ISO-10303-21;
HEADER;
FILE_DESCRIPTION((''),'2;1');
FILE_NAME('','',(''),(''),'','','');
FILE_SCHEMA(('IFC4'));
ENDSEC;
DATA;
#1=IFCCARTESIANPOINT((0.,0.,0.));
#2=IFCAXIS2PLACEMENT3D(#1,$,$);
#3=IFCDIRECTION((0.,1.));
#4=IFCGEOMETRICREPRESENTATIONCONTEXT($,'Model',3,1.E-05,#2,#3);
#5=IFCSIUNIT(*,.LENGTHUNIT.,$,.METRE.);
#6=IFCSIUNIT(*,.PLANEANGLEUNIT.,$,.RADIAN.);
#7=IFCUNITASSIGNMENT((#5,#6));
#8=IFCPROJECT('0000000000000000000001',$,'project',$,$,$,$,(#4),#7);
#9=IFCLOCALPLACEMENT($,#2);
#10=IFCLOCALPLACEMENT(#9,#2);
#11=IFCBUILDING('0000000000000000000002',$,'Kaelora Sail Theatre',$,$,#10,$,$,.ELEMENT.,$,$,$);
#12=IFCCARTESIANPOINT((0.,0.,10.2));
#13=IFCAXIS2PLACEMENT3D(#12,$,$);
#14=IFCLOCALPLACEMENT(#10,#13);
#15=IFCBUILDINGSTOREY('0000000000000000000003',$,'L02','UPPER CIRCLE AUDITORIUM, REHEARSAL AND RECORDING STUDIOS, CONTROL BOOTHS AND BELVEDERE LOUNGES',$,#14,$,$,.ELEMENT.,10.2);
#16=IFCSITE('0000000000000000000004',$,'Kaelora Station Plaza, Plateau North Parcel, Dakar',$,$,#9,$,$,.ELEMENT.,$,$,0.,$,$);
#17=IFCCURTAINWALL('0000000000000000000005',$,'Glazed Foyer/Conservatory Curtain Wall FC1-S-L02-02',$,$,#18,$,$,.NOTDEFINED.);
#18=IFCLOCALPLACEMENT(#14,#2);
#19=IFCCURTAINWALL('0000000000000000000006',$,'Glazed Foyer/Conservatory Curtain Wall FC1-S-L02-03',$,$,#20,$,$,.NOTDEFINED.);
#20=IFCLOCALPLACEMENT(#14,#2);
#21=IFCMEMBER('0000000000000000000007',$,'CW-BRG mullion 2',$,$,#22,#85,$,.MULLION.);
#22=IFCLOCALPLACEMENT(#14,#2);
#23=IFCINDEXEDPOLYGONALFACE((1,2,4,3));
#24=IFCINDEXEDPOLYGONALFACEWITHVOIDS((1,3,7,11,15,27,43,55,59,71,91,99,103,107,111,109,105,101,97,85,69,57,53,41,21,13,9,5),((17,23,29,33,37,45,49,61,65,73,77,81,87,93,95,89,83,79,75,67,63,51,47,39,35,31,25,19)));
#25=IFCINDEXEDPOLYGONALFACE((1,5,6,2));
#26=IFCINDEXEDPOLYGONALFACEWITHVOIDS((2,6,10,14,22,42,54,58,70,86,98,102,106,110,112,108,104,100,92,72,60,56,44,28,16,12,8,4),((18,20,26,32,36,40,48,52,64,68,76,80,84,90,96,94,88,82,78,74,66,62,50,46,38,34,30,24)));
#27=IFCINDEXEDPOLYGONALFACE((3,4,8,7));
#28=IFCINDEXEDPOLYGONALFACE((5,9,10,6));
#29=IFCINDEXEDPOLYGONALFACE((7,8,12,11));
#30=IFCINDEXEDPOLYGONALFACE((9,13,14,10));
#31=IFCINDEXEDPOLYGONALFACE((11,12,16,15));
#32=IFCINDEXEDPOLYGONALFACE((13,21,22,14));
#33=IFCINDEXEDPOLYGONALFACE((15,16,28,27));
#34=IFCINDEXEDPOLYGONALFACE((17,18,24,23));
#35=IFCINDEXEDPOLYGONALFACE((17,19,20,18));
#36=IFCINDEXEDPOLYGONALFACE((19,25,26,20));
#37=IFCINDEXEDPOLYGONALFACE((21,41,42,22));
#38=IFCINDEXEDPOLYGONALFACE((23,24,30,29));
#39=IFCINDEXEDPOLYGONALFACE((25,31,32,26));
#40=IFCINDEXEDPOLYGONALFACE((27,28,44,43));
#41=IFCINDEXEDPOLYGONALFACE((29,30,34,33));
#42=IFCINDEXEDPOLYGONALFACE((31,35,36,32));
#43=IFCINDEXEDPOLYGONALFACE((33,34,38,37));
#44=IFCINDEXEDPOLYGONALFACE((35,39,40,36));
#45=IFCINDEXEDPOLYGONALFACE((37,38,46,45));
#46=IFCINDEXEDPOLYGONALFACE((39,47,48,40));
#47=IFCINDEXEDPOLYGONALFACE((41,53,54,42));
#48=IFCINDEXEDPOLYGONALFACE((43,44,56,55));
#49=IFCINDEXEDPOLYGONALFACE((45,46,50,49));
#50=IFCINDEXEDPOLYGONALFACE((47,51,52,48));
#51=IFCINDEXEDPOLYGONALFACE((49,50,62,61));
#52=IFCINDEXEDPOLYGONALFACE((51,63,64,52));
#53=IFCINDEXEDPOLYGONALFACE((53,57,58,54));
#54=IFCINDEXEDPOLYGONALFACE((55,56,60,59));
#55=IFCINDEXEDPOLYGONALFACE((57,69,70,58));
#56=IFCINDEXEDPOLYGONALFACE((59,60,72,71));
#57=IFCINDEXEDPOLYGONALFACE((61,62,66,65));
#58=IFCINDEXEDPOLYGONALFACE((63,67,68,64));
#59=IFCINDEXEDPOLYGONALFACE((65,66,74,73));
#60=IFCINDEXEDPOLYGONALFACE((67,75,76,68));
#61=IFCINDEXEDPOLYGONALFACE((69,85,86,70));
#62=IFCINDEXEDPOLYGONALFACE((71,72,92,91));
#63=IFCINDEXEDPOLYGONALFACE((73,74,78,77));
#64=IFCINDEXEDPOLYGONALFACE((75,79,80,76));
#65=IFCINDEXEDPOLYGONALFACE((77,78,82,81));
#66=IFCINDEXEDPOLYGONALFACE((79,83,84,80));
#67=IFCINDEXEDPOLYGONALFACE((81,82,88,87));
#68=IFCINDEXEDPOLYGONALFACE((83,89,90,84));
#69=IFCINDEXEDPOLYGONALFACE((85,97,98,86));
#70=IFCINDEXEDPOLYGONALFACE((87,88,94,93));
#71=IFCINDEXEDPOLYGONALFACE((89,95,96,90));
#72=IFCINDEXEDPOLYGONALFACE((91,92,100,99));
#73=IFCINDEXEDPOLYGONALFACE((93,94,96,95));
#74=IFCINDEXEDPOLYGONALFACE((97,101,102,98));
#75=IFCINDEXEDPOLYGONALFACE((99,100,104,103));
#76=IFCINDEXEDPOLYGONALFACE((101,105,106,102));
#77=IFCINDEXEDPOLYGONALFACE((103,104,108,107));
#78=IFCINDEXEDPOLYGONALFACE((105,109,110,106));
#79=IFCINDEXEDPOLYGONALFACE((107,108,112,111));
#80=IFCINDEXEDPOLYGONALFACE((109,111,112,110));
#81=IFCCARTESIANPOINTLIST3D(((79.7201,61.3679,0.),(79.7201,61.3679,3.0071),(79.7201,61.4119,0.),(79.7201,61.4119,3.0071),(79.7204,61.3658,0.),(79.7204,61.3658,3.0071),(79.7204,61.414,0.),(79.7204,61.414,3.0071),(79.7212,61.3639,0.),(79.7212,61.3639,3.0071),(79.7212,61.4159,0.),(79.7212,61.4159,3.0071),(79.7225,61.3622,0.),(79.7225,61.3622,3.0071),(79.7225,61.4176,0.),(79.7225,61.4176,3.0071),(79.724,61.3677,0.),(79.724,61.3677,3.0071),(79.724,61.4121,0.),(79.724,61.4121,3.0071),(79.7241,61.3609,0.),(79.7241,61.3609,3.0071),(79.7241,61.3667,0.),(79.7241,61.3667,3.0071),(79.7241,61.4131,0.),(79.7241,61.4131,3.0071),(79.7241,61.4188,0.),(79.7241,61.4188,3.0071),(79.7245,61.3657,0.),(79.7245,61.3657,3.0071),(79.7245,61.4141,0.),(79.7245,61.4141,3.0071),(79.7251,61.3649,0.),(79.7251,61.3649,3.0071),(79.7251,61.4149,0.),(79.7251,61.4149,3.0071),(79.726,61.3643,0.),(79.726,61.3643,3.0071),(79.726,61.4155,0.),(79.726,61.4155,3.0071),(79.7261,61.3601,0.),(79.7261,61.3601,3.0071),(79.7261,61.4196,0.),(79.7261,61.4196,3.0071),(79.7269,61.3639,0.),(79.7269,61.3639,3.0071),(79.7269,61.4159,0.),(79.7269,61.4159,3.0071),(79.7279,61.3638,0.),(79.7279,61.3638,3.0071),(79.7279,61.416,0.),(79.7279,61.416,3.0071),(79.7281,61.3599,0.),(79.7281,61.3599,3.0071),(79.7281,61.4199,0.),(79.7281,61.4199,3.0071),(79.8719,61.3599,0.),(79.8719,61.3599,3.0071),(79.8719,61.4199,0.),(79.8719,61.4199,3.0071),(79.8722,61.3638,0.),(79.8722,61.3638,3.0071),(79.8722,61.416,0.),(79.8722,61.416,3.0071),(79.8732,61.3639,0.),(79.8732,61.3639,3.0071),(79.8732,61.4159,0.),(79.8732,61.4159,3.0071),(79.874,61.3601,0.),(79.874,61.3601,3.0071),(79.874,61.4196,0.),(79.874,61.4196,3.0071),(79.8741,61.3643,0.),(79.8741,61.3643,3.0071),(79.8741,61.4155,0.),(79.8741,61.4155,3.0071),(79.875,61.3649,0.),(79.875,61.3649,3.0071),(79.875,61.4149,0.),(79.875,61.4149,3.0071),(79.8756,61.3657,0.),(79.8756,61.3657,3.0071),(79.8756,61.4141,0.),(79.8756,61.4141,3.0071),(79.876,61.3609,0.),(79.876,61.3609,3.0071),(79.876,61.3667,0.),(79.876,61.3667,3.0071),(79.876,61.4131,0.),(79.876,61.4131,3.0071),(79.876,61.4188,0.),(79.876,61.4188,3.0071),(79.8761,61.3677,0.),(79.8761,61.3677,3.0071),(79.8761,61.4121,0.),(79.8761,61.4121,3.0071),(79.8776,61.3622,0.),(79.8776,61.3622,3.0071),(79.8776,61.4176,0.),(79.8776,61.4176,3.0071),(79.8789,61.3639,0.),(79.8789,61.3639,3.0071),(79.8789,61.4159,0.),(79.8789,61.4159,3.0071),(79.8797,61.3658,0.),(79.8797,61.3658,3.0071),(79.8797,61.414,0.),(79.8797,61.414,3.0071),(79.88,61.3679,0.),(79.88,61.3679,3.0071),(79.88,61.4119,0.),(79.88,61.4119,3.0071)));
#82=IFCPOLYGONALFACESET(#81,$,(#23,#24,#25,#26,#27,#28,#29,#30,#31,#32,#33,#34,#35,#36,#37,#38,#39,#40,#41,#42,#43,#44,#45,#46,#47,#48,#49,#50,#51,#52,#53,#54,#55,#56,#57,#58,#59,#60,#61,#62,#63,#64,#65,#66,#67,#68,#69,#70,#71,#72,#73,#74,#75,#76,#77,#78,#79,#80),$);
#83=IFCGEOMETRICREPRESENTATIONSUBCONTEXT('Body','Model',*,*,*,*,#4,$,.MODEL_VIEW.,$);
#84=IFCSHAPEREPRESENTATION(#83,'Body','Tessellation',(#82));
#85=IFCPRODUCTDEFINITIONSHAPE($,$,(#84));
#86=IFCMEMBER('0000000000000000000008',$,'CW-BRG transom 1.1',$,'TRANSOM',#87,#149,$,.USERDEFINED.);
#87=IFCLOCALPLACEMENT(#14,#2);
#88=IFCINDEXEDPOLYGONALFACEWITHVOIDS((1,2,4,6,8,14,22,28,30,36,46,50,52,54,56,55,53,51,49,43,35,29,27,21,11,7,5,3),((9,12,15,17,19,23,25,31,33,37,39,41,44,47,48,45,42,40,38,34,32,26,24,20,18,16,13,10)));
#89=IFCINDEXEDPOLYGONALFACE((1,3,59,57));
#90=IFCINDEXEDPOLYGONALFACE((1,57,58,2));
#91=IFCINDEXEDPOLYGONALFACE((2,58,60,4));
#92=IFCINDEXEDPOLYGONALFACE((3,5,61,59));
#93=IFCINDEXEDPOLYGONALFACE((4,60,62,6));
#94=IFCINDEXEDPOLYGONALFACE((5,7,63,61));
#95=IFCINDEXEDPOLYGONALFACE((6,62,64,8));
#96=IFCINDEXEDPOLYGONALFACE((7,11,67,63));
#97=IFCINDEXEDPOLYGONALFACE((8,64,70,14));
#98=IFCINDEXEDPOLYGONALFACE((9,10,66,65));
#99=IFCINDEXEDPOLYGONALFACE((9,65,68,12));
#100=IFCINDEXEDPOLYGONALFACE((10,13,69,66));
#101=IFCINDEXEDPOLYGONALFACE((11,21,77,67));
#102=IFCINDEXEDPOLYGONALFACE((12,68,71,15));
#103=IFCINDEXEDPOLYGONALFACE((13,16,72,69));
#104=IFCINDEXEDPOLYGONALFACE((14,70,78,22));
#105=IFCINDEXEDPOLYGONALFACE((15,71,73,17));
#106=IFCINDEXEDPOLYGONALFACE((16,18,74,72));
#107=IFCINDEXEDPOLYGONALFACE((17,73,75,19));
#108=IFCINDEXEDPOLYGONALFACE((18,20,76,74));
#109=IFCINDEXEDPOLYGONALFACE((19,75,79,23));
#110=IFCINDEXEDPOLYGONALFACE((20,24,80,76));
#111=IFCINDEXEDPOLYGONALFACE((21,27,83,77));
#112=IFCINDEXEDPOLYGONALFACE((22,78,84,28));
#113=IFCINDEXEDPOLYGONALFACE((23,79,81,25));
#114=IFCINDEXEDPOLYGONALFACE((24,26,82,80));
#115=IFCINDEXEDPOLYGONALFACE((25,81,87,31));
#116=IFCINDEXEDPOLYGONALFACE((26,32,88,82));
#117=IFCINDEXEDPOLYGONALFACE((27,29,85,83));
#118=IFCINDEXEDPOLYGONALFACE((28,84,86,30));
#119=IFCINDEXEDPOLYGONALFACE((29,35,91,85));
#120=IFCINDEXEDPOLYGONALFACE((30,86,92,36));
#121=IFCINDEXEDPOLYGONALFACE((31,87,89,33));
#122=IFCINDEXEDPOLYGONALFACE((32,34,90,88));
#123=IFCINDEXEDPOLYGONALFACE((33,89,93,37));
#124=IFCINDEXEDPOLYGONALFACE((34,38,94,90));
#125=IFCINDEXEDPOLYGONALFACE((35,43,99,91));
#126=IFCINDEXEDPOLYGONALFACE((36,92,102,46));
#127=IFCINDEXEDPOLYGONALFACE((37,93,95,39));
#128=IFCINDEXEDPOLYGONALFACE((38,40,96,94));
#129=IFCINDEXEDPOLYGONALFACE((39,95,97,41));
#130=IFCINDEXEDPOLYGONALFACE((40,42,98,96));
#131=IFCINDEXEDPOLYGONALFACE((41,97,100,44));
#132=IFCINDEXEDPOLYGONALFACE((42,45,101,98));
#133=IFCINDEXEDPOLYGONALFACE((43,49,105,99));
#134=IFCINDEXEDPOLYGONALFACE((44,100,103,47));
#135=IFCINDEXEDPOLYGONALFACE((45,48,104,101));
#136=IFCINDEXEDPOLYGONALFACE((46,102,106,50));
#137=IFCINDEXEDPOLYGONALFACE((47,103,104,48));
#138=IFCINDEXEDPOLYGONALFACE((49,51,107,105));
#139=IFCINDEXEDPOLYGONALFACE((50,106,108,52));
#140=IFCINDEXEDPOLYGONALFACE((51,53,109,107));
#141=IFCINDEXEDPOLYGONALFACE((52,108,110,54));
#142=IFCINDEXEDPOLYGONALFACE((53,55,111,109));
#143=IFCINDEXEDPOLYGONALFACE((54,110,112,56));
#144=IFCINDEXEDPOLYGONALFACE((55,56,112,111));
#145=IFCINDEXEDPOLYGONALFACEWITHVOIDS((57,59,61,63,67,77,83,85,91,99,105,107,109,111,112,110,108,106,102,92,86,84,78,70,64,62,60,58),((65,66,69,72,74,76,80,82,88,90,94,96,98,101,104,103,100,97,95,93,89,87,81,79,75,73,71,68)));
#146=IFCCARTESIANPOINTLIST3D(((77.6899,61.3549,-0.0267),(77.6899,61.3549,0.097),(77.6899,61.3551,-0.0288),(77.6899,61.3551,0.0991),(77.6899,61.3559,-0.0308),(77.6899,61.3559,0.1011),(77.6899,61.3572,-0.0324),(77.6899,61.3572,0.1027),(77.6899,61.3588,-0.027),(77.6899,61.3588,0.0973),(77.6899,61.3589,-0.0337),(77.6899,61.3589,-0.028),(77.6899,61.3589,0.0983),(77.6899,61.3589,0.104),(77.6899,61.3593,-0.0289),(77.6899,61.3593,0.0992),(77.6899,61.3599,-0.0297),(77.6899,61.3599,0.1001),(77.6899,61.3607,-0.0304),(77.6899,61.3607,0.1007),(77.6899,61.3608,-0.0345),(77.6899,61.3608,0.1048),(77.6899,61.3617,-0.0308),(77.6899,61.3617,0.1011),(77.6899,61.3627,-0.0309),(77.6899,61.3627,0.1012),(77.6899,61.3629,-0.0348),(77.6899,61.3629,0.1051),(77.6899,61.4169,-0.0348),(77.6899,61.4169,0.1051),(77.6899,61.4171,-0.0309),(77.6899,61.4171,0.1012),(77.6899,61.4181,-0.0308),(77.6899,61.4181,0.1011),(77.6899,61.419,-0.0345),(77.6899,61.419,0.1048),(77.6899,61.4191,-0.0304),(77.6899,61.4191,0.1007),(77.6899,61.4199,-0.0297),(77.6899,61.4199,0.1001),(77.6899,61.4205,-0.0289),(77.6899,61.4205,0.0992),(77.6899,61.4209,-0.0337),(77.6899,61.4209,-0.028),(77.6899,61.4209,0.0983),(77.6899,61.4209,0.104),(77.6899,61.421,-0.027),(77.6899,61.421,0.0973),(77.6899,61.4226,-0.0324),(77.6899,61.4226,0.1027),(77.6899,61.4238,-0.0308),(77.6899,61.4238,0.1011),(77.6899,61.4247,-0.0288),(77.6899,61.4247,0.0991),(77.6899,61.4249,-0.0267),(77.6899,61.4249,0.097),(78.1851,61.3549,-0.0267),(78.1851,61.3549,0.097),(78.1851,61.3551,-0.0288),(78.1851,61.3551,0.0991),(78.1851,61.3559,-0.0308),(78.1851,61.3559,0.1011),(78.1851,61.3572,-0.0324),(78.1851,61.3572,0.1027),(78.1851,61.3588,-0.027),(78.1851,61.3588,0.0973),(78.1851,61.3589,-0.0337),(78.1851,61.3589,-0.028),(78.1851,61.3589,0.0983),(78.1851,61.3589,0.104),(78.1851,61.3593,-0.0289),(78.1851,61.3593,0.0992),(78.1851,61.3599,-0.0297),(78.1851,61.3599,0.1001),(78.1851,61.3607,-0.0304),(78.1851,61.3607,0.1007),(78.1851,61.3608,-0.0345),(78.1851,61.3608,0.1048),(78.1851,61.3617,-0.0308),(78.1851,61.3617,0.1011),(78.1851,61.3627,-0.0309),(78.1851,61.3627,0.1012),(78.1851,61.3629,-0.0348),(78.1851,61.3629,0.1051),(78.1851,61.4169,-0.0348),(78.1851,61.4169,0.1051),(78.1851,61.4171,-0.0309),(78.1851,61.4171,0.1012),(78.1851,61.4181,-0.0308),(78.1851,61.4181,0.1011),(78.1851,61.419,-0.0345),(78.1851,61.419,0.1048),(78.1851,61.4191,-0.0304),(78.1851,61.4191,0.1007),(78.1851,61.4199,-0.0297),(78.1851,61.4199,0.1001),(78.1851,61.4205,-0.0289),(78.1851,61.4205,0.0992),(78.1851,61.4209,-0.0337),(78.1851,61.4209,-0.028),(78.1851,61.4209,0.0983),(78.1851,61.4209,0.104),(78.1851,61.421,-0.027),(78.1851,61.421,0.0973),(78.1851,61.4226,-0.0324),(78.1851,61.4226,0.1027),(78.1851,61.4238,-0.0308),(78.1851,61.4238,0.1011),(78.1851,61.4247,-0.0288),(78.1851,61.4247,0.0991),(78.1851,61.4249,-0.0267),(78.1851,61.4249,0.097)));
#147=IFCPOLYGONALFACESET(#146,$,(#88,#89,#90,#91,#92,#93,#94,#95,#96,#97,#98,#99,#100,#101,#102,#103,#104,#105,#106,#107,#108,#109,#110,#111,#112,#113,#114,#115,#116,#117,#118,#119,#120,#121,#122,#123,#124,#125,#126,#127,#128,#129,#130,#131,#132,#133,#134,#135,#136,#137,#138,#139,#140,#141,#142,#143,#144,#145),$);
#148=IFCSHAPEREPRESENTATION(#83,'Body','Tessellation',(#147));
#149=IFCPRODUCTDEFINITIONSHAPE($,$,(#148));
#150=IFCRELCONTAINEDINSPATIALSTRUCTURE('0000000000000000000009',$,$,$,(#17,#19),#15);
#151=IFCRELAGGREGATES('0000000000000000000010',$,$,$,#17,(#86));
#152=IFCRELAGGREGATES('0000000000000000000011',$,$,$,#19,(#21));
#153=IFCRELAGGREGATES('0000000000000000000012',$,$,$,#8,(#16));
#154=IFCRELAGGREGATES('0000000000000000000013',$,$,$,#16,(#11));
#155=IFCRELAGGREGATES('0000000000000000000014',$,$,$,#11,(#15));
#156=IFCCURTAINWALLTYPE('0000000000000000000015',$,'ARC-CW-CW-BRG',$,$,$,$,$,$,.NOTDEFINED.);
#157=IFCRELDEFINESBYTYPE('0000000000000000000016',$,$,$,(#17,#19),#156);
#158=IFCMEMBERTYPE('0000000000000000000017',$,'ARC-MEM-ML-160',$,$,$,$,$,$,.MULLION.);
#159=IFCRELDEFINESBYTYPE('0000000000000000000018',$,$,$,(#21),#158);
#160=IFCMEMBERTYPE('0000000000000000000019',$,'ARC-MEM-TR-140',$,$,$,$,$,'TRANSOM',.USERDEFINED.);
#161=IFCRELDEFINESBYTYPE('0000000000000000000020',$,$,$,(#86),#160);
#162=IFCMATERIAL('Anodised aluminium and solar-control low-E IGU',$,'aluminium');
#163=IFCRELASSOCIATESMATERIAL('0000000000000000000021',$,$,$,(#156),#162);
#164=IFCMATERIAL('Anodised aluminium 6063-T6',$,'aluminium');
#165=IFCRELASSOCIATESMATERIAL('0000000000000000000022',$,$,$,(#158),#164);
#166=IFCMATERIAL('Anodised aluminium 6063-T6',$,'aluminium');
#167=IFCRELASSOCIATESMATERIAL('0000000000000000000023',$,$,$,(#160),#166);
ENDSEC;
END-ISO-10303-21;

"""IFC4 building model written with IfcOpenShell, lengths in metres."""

from ifc_helpers import new_model, si_unit, direction, frame, origin, origin_2d, place, context, subcontext, project, spatial, hollow_rectangle, extrude, material, material_profile, profile_set, type_object, element, aggregate, save


model = new_model("IFC4")

# Units and contexts
model_context = context("Model", 3, precision=1e-05, world=origin(), true_north=direction((0.0, 1.0)))
body_context = subcontext(model_context, "Body", "Model", "MODEL_VIEW")
ifc_project = project(units=[si_unit("LENGTHUNIT", "METRE"), si_unit("PLANEANGLEUNIT", "RADIAN")], contexts=[model_context])

# Site, building, storey
site_placement = place(None, origin())
site = spatial("IfcSite", under=ifc_project, at=site_placement, Name="Kaelora Station Plaza, Plateau North Parcel, Dakar", CompositionType="ELEMENT", RefElevation=0.0)
building_placement = place(site_placement, origin())
building = spatial("IfcBuilding", under=site, at=building_placement, Name="Kaelora Sail Theatre", CompositionType="ELEMENT")
storey_placement = place(building_placement, frame((0.0, 0.0, 10.2)))
storey = spatial("IfcBuildingStorey", under=building, at=storey_placement, Name="L02", Description="UPPER CIRCLE AUDITORIUM, REHEARSAL AND RECORDING STUDIOS, CONTROL BOOTHS AND BELVEDERE LOUNGES", CompositionType="ELEMENT", Elevation=10.2)

# Curtain walls, member
ifc_material_1 = material(Name="Anodised aluminium and solar-control low-E IGU", Category="aluminium")
curtain_wall_type = type_object("IfcCurtainWallType", Name="ARC-CW-CW-BRG", PredefinedType="NOTDEFINED", material=ifc_material_1)
curtain_wall_1_placement = place(storey_placement, origin())
curtain_wall_1 = element("IfcCurtainWall", 1, at=curtain_wall_1_placement, inside=storey, type_object=curtain_wall_type, Name="Glazed Foyer/Conservatory Curtain Wall FC1-S-L02-02", PredefinedType="NOTDEFINED")
ifc_material_2 = material(Name="Anodised aluminium 6063-T6", Category="aluminium")
ifc_material_profile_1 = material_profile(ifc_material_2, hollow_rectangle(XDim=0.0601, YDim=0.1599, WallThickness=0.0039, InnerFilletRadius=0.0039, OuterFilletRadius=0.0081, at=origin_2d()), Name="ALU-MULL 60x160x4")
ifc_profile_set_1 = profile_set([ifc_material_profile_1], Name="Anodised aluminium 6063-T6")
member_type_1 = type_object("IfcMemberType", Name="ARC-MEM-ML-160", PredefinedType="MULLION", material=ifc_profile_set_1)
curtain_wall_2_placement = place(storey_placement, origin())
curtain_wall_2 = element("IfcCurtainWall", 2, at=curtain_wall_2_placement, inside=storey, type_object=curtain_wall_type, Name="Glazed Foyer/Conservatory Curtain Wall FC1-S-L02-03", PredefinedType="NOTDEFINED")
member_1_placement = place(storey_placement, frame((79.8, 61.3899, 0.0), z_axis=(0.0, 0.0, 1.0), x_axis=(0.0, 1.0, 0.0)))
member_1 = element("IfcMember", 3, at=member_1_placement, type_object=member_type_1, Name="CW-BRG mullion 2", PredefinedType="MULLION", context=body_context, shape_type="SweptSolid", body=[
    extrude(hollow_rectangle(XDim=0.0601, YDim=0.1599, WallThickness=0.0039, InnerFilletRadius=0.0039, OuterFilletRadius=0.0081, at=origin_2d()), origin(), (0.0, 0.0, 1.0), 3.0071),
])

# Member
ifc_material_3 = material(Name="Anodised aluminium 6063-T6", Category="aluminium")
ifc_material_profile_2 = material_profile(ifc_material_3, hollow_rectangle(XDim=0.0701, YDim=0.1399, WallThickness=0.0039, InnerFilletRadius=0.0039, OuterFilletRadius=0.0081, at=origin_2d()), Name="ALU-TRAN 70x140x4")
ifc_profile_set_2 = profile_set([ifc_material_profile_2], Name="Anodised aluminium 6063-T6")
member_type_2 = type_object("IfcMemberType", Name="ARC-MEM-TR-140", ElementType="TRANSOM", PredefinedType="USERDEFINED", material=ifc_profile_set_2)
member_2_placement = place(storey_placement, frame((77.6899, 61.3899, 0.0352), z_axis=(1.0, 0.0, 0.0), x_axis=(0.0, 1.0, 0.0)))
member_2 = element("IfcMember", 4, at=member_2_placement, type_object=member_type_2, Name="CW-BRG transom 1.1", ObjectType="TRANSOM", PredefinedType="USERDEFINED", context=body_context, shape_type="SweptSolid", body=[
    extrude(hollow_rectangle(XDim=0.0701, YDim=0.1399, WallThickness=0.0039, InnerFilletRadius=0.0039, OuterFilletRadius=0.0081, at=origin_2d()), origin(), (0.0, 0.0, 1.0), 0.4951),
])

aggregate(curtain_wall_1, [member_2])
aggregate(curtain_wall_2, [member_1])

save(model, "model.ifc")
